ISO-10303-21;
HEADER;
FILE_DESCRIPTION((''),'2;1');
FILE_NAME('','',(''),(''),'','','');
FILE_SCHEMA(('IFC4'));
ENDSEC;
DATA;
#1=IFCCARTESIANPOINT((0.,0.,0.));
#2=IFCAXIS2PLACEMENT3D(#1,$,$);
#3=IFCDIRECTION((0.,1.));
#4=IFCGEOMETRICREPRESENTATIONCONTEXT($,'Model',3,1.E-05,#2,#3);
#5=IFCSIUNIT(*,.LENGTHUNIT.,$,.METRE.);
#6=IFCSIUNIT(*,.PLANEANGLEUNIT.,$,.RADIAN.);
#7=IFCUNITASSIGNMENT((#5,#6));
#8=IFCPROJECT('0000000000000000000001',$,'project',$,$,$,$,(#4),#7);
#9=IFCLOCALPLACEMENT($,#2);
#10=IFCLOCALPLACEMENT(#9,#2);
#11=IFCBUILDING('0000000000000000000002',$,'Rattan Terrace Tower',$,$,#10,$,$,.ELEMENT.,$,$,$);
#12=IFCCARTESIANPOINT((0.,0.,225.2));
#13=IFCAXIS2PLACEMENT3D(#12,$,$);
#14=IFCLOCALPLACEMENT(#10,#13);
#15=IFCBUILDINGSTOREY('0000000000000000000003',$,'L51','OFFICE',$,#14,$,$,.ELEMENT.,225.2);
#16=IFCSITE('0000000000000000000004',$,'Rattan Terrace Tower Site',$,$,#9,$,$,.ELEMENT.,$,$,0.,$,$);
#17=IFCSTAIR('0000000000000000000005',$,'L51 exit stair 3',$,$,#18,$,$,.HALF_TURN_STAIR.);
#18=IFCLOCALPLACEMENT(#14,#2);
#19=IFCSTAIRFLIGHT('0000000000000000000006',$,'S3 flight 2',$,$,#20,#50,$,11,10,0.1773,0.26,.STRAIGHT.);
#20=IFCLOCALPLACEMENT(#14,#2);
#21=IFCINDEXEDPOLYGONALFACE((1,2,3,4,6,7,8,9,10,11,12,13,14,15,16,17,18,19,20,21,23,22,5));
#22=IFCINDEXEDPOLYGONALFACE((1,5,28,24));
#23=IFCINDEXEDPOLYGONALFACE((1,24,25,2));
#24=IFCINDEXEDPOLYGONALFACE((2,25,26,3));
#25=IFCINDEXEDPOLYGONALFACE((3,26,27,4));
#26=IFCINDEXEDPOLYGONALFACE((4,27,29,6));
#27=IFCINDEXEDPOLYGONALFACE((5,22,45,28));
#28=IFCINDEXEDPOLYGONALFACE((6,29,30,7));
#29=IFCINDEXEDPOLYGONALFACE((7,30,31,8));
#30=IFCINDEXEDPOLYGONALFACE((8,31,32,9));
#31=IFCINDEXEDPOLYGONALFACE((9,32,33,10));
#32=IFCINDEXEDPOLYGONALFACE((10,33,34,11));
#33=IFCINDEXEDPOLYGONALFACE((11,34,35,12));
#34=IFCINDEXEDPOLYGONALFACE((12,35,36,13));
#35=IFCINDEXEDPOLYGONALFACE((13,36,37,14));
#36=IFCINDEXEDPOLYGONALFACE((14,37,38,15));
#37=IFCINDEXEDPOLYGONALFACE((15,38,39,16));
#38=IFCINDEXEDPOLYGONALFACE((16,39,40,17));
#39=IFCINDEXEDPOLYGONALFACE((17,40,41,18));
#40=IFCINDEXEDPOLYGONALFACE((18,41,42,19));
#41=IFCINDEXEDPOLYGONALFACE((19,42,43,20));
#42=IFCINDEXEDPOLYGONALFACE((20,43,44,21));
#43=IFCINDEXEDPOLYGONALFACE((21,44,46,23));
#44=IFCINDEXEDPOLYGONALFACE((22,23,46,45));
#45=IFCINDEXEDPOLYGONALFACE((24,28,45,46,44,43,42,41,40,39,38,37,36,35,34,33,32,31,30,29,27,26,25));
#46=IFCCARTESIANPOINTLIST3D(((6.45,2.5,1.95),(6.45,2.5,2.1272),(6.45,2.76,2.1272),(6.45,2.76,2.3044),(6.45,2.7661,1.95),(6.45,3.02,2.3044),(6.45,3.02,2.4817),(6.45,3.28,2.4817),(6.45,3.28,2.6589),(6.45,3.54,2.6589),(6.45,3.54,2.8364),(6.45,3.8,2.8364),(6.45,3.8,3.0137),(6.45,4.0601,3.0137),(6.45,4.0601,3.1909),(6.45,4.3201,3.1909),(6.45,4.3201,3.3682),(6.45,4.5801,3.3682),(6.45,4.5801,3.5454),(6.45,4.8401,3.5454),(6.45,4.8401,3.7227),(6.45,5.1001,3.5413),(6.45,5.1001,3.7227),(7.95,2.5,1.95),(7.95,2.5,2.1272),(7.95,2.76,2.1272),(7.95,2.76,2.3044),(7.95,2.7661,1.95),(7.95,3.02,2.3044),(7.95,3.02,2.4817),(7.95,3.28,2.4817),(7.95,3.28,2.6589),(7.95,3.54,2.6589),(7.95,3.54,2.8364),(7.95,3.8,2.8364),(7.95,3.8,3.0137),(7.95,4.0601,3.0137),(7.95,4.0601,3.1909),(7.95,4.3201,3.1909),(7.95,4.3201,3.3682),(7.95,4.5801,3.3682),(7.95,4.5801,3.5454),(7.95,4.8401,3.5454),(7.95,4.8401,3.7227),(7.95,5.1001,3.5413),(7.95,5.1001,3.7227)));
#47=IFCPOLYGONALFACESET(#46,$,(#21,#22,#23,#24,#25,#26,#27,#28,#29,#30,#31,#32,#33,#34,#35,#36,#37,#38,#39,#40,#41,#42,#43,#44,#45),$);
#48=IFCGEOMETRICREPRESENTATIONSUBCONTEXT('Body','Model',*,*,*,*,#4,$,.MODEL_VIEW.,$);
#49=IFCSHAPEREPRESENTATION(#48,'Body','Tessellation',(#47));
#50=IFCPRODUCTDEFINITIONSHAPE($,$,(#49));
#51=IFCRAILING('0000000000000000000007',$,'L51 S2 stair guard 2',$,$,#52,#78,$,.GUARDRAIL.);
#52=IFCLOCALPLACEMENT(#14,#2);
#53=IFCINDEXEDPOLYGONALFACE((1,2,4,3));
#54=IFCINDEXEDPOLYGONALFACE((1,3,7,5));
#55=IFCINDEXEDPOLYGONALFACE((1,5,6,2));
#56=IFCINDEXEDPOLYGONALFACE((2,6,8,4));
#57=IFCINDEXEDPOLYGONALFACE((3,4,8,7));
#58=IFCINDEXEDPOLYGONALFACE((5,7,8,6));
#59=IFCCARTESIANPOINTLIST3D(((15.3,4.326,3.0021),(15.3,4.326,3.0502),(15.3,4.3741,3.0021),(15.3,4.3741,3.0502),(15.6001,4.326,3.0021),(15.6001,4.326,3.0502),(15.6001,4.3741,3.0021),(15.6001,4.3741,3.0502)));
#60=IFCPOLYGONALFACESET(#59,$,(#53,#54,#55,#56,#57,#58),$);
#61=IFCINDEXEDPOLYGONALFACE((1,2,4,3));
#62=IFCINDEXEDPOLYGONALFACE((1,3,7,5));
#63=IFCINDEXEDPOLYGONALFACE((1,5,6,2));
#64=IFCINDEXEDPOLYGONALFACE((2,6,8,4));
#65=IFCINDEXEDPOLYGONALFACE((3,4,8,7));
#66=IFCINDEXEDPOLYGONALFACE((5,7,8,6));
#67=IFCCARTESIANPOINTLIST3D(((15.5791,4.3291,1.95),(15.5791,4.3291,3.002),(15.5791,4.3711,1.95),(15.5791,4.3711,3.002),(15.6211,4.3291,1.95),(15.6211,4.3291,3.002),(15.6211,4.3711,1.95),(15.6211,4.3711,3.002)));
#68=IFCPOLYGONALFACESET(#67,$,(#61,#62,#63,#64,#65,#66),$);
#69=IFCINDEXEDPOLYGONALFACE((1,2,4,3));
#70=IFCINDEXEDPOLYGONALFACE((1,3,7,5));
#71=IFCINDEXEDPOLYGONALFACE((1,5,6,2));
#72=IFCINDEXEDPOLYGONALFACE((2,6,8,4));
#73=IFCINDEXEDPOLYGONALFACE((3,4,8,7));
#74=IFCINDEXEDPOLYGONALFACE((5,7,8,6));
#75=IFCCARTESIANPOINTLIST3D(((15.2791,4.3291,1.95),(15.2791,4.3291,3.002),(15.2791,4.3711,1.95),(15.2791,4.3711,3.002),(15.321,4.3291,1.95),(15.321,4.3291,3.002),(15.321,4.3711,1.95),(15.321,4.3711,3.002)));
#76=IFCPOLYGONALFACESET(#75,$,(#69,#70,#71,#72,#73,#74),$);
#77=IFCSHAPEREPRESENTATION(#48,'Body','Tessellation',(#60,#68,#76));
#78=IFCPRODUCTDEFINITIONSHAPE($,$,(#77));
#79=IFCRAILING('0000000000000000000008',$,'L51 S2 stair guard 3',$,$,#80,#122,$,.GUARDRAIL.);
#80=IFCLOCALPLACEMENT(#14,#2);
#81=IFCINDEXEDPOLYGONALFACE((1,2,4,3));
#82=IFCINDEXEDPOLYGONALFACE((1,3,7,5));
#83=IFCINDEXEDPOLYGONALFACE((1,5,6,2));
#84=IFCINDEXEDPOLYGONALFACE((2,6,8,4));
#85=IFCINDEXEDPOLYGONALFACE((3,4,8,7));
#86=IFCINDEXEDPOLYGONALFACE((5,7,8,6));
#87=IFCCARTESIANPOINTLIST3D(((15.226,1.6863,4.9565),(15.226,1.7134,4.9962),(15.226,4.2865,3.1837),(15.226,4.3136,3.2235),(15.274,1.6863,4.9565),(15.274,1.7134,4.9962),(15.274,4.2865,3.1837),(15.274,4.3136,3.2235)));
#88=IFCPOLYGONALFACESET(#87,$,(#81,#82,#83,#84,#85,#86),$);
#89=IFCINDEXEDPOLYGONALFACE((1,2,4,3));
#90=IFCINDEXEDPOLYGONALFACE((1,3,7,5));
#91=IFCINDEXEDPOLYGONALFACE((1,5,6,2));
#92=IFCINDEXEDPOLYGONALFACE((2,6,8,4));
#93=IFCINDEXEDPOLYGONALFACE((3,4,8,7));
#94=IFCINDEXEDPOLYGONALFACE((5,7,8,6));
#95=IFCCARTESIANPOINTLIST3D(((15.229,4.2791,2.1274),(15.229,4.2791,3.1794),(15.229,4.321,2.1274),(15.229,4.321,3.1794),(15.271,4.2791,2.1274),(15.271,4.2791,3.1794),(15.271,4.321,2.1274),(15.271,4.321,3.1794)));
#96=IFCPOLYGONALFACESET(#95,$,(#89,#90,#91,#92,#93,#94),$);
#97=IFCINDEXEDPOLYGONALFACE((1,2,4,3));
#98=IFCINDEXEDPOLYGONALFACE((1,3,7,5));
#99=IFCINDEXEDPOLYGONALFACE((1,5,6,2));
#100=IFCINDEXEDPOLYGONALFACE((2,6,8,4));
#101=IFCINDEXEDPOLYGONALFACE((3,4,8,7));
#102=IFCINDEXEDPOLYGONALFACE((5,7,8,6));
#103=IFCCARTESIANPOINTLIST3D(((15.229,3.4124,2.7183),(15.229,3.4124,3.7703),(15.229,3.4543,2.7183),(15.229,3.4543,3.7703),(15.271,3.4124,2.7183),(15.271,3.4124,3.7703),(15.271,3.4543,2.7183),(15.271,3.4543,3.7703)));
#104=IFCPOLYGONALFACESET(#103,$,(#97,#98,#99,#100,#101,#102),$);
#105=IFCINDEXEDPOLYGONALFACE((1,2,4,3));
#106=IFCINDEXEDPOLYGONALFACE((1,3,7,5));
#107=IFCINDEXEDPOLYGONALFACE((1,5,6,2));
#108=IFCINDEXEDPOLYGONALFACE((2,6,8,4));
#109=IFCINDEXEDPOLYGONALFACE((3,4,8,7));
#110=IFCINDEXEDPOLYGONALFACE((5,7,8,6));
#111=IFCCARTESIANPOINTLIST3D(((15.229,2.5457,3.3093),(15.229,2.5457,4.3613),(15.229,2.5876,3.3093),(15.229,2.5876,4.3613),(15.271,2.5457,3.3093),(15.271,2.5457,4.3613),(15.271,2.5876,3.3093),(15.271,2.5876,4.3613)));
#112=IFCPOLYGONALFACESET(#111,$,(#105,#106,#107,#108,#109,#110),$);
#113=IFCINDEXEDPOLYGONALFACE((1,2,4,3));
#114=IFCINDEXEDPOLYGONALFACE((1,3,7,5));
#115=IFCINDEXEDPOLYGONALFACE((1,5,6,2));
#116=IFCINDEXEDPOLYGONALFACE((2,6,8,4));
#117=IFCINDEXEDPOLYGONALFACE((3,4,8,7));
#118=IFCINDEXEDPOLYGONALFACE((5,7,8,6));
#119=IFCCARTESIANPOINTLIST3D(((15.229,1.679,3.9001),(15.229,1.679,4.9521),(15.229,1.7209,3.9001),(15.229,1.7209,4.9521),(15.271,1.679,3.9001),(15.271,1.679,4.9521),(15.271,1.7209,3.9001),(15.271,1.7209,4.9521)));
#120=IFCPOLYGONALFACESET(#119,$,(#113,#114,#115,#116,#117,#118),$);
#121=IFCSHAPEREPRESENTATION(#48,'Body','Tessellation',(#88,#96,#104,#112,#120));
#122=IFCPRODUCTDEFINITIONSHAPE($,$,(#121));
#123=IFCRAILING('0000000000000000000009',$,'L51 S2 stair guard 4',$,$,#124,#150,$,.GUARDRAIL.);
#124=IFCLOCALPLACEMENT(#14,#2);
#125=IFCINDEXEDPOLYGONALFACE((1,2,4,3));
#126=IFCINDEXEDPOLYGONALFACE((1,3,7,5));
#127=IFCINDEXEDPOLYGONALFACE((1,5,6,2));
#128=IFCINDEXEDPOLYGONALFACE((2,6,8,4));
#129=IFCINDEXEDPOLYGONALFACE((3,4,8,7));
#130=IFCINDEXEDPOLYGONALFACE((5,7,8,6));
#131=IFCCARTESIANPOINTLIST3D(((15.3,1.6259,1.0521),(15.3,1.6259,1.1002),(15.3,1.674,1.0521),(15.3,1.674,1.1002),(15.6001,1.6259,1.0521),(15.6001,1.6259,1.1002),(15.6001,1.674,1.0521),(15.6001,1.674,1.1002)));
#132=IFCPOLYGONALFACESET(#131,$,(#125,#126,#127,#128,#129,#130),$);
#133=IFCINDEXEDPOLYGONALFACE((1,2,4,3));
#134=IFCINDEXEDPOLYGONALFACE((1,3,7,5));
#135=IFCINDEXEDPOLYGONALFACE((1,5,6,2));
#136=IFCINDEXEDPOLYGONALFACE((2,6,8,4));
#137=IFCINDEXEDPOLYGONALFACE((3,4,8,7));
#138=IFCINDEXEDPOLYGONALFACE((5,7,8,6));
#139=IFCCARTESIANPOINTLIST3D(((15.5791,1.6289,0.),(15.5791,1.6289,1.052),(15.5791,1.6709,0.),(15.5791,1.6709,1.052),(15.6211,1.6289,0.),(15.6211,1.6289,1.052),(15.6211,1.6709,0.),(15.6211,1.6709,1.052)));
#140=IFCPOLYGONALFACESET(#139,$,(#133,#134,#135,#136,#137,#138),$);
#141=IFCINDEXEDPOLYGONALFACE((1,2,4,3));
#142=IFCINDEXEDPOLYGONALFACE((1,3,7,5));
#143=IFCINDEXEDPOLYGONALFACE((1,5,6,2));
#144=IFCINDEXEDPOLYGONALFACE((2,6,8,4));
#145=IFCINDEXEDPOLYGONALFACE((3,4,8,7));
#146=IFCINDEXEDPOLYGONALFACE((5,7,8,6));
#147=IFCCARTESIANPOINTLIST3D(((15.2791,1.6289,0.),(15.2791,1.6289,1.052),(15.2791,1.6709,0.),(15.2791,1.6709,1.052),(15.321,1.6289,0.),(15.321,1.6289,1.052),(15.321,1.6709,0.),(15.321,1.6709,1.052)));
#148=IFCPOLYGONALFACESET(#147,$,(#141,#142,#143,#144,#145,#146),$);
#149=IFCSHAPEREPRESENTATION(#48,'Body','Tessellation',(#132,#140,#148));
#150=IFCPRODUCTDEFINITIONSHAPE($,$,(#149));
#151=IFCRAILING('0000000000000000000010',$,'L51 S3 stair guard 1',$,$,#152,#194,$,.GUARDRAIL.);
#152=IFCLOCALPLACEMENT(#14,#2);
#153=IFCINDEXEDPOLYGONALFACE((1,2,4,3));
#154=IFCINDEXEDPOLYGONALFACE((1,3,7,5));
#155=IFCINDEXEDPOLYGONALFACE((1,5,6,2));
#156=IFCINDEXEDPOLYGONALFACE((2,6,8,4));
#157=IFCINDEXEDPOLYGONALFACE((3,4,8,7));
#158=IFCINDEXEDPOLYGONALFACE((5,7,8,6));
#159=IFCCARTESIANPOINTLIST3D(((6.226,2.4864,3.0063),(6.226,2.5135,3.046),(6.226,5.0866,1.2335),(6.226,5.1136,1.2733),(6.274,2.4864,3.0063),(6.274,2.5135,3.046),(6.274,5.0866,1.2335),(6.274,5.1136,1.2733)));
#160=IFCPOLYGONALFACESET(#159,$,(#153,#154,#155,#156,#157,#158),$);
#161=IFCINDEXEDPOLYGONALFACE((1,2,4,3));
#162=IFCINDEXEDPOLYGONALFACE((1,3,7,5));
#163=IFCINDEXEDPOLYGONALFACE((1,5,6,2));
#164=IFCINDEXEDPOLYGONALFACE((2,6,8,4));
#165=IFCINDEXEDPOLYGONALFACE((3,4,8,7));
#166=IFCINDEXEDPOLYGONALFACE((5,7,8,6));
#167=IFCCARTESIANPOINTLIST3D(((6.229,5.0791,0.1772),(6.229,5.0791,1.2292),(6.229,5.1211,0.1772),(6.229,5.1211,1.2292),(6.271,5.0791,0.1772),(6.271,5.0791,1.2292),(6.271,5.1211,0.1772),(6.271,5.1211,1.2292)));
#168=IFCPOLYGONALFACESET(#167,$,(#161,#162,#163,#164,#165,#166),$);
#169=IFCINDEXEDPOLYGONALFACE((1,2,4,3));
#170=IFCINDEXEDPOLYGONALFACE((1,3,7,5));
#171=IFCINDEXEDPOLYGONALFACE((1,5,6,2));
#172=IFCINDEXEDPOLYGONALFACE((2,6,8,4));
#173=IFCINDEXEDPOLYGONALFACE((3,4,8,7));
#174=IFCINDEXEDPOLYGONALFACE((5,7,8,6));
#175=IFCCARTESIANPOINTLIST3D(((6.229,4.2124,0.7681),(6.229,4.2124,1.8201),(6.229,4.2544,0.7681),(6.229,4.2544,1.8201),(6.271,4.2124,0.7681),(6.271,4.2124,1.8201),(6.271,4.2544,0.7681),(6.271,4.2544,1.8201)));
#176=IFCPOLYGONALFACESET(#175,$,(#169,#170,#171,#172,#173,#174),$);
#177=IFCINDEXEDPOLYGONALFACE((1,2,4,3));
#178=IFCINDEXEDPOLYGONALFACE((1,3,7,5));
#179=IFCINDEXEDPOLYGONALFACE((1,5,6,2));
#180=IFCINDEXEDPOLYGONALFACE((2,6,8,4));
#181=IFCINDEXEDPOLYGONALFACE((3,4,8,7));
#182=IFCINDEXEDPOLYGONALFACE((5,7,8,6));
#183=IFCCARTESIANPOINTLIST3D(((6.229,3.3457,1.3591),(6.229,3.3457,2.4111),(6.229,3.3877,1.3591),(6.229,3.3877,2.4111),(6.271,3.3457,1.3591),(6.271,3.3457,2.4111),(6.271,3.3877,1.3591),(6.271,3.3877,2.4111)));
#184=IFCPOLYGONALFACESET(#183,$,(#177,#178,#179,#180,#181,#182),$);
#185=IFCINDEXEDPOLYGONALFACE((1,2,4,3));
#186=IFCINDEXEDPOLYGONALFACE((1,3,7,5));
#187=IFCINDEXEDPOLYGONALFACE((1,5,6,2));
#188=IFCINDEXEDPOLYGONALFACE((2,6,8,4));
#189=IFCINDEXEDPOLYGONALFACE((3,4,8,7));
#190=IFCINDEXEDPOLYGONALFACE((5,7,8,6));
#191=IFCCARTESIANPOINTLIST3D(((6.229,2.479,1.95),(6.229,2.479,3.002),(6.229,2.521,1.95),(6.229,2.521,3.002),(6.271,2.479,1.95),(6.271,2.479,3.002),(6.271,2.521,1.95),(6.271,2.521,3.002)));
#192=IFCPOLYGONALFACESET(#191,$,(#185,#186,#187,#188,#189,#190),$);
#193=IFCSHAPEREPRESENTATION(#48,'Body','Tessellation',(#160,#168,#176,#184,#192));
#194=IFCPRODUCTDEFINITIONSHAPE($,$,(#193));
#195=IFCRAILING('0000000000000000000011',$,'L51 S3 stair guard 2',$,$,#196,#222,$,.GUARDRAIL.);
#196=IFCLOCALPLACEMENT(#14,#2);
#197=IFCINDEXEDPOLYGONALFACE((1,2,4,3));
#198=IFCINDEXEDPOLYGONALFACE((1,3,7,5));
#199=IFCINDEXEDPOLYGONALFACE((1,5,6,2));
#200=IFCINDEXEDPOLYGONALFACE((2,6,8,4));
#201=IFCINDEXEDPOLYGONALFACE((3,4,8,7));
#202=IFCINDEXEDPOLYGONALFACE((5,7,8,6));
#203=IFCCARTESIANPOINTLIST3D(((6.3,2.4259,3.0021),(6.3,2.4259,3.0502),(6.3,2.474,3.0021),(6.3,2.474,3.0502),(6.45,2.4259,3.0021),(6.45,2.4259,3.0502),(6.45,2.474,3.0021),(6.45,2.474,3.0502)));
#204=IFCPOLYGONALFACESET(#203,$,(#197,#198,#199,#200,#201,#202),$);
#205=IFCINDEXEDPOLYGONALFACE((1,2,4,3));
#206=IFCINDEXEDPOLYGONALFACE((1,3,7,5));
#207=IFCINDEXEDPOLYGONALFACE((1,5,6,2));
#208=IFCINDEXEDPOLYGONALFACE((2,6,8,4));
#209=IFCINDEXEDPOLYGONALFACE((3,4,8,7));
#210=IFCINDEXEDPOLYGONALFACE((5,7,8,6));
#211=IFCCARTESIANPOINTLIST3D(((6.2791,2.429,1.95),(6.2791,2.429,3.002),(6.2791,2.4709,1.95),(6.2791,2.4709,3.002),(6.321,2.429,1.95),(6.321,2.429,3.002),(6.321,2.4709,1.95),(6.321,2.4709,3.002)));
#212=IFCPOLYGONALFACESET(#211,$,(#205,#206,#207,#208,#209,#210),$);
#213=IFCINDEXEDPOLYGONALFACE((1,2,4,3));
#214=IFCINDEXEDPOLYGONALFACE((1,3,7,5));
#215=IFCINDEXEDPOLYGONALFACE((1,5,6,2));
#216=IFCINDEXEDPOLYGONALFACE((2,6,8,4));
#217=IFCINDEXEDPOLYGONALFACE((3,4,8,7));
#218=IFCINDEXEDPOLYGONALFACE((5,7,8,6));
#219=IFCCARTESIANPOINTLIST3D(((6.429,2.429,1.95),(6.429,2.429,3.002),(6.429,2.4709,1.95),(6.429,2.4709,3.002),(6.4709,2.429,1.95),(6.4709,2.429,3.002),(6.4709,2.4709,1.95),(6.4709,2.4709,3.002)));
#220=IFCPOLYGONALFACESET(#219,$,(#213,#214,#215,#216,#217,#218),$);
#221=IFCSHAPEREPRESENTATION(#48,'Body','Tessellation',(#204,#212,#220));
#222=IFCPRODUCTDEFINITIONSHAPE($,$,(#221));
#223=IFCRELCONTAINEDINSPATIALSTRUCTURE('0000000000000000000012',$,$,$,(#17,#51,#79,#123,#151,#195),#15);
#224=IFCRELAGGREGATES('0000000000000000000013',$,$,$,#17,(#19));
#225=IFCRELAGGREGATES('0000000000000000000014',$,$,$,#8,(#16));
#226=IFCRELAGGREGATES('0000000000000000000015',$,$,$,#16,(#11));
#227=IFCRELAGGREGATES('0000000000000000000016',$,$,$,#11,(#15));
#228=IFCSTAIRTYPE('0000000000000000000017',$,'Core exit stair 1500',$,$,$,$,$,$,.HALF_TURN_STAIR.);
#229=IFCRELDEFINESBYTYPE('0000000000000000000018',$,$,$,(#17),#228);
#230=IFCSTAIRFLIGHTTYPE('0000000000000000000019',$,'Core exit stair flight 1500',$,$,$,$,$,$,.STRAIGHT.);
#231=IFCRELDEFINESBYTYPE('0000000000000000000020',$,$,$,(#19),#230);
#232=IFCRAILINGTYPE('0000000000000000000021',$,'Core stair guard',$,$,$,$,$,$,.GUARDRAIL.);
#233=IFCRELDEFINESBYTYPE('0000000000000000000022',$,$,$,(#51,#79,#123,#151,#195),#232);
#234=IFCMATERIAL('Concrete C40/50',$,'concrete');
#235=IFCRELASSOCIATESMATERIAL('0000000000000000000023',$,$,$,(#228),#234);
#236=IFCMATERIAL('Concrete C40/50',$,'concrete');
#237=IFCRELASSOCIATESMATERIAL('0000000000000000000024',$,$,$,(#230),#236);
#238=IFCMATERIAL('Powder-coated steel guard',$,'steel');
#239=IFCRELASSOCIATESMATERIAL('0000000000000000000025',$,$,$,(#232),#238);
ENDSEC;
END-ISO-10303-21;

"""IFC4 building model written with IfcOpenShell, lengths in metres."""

from ifc_helpers import new_model, si_unit, direction, frame, origin, origin_2d, place, context, subcontext, project, spatial, polyline, rectangle, outline, extrude, material, type_object, element, aggregate, save


model = new_model("IFC4")

# Units and contexts
model_context = context("Model", 3, precision=1e-05, world=origin(), true_north=direction((0.0, 1.0)))
body_context = subcontext(model_context, "Body", "Model", "MODEL_VIEW")
ifc_project = project(units=[si_unit("LENGTHUNIT", "METRE"), si_unit("PLANEANGLEUNIT", "RADIAN")], contexts=[model_context])

# Site, building, storey
site_placement = place(None, origin())
site = spatial("IfcSite", under=ifc_project, at=site_placement, Name="Rattan Terrace Tower Site", CompositionType="ELEMENT", RefElevation=0.0)
building_placement = place(site_placement, origin())
building = spatial("IfcBuilding", under=site, at=building_placement, Name="Rattan Terrace Tower", CompositionType="ELEMENT")
storey_placement = place(building_placement, frame((0.0, 0.0, 225.2)))
storey = spatial("IfcBuildingStorey", under=building, at=storey_placement, Name="L51", Description="OFFICE", CompositionType="ELEMENT", Elevation=225.2)

# Shared definitions
ifc_material_1 = material(Name="Concrete C40/50", Category="concrete")
stair_type = type_object("IfcStairType", Name="Core exit stair 1500", PredefinedType="HALF_TURN_STAIR", material=ifc_material_1)
ifc_material_2 = material(Name="Concrete C40/50", Category="concrete")
stair_flight_type = type_object("IfcStairFlightType", Name="Core exit stair flight 1500", PredefinedType="STRAIGHT", material=ifc_material_2)

# Stair, stair flight
stair_1_placement = place(storey_placement, origin())
stair_1 = element("IfcStair", 1, at=stair_1_placement, inside=storey, type_object=stair_type, Name="L51 exit stair 3", PredefinedType="HALF_TURN_STAIR")
stair_flight_1_placement = place(storey_placement, frame((7.2, 2.5, 1.95), z_axis=(0.0, 0.0, 1.0), x_axis=(0.0, 1.0, 0.0)))
stair_flight_1 = element("IfcStairFlight", 2, at=stair_flight_1_placement, type_object=stair_flight_type, Name="S3 flight 2", NumberOfRisers=11, NumberOfTreads=10, PredefinedType="STRAIGHT", RiserHeight=0.1773, TreadLength=0.26, context=body_context, shape_type="SweptSolid", body=[
    extrude(outline(polyline([(0.0, 0.0), (0.0, 0.1772), (0.26, 0.1772), (0.26, 0.3545), (0.52, 0.3545), (0.52, 0.5317), (0.78, 0.5317), (0.78, 0.709), (1.04, 0.709), (1.04, 0.8865), (1.3, 0.8865), (1.3, 1.0637), (1.5601, 1.0637), (1.5601, 1.241), (1.8201, 1.241), (1.8201, 1.4182), (2.0801, 1.4182), (2.0801, 1.5955), (2.3401, 1.5955), (2.3401, 1.7727), (2.6001, 1.7727), (2.6001, 1.95), (2.6001, 1.5913), (0.2661, 0.0), (0.0, 0.0)])), frame((0.0, 0.75, 0.0), z_axis=(0.0, -1.0, 0.0), x_axis=(1.0, 0.0, 0.0)), (0.0, 0.0, 1.0), 1.5),
])
aggregate(stair_1, [stair_flight_1])

# Railings
ifc_material_3 = material(Name="Powder-coated steel guard", Category="steel")
railing_type_1 = type_object("IfcRailingType", Name="Core stair guard", PredefinedType="GUARDRAIL", material=ifc_material_3)
railing_1_placement = place(storey_placement, frame((15.6001, 4.3501, 1.95)))
element("IfcRailing", 3, at=railing_1_placement, inside=storey, type_object=railing_type_1, Name="L51 S2 stair guard 2", PredefinedType="GUARDRAIL", context=body_context, shape_type="SweptSolid", body=[
    extrude(rectangle(XDim=0.0481, YDim=0.0481, at=origin_2d()), frame((0.0, 0.0, 1.0762), z_axis=(-1.0, 0.0, 0.0), x_axis=(0.0, -1.0, 0.0)), (0.0, 0.0, 1.0), 0.3),
    extrude(rectangle(XDim=0.042, YDim=0.042, at=origin_2d()), origin(), (0.0, 0.0, 1.0), 1.052),
    extrude(rectangle(XDim=0.042, YDim=0.042, at=origin_2d()), frame((-0.3, 0.0, 0.0)), (0.0, 0.0, 1.0), 1.052),
])
railing_2_placement = place(storey_placement, frame((15.25, 4.3, 2.1274)))
element("IfcRailing", 4, at=railing_2_placement, inside=storey, type_object=railing_type_1, Name="L51 S2 stair guard 3", PredefinedType="GUARDRAIL", context=body_context, shape_type="SweptSolid", body=[
    extrude(rectangle(XDim=0.0481, YDim=0.0481, at=origin_2d()), frame((0.0, 0.0, 1.0762), z_axis=(0.0, -0.82624, 0.563318), x_axis=(1.0, 0.0, 0.0)), (0.0, 0.0, 1.0), 3.147),
    extrude(rectangle(XDim=0.042, YDim=0.042, at=origin_2d()), origin(), (0.0, 0.0, 1.0), 1.052),
    extrude(rectangle(XDim=0.042, YDim=0.042, at=origin_2d()), frame((0.0, -0.8667, 0.5908)), (0.0, 0.0, 1.0), 1.052),
    extrude(rectangle(XDim=0.042, YDim=0.042, at=origin_2d()), frame((0.0, -1.7334, 1.1819)), (0.0, 0.0, 1.0), 1.052),
    extrude(rectangle(XDim=0.042, YDim=0.042, at=origin_2d()), frame((0.0, -2.6001, 1.7727)), (0.0, 0.0, 1.0), 1.052),
])
railing_3_placement = place(storey_placement, frame((15.6001, 1.6499, 0.0)))
element("IfcRailing", 5, at=railing_3_placement, inside=storey, type_object=railing_type_1, Name="L51 S2 stair guard 4", PredefinedType="GUARDRAIL", context=body_context, shape_type="SweptSolid", body=[
    extrude(rectangle(XDim=0.0481, YDim=0.0481, at=origin_2d()), frame((0.0, 0.0, 1.0762), z_axis=(-1.0, 0.0, 0.0), x_axis=(0.0, -1.0, 0.0)), (0.0, 0.0, 1.0), 0.3),
    extrude(rectangle(XDim=0.042, YDim=0.042, at=origin_2d()), origin(), (0.0, 0.0, 1.0), 1.052),
    extrude(rectangle(XDim=0.042, YDim=0.042, at=origin_2d()), frame((-0.3, 0.0, 0.0)), (0.0, 0.0, 1.0), 1.052),
])
railing_4_placement = place(storey_placement, frame((6.25, 5.1001, 0.1772)))
element("IfcRailing", 6, at=railing_4_placement, inside=storey, type_object=railing_type_1, Name="L51 S3 stair guard 1", PredefinedType="GUARDRAIL", context=body_context, shape_type="SweptSolid", body=[
    extrude(rectangle(XDim=0.0481, YDim=0.0481, at=origin_2d()), frame((0.0, 0.0, 1.0762), z_axis=(0.0, -0.82624, 0.563318), x_axis=(1.0, 0.0, 0.0)), (0.0, 0.0, 1.0), 3.147),
    extrude(rectangle(XDim=0.042, YDim=0.042, at=origin_2d()), origin(), (0.0, 0.0, 1.0), 1.052),
    extrude(rectangle(XDim=0.042, YDim=0.042, at=origin_2d()), frame((0.0, -0.8667, 0.5908)), (0.0, 0.0, 1.0), 1.052),
    extrude(rectangle(XDim=0.042, YDim=0.042, at=origin_2d()), frame((0.0, -1.7334, 1.1819)), (0.0, 0.0, 1.0), 1.052),
    extrude(rectangle(XDim=0.042, YDim=0.042, at=origin_2d()), frame((0.0, -2.6001, 1.7727)), (0.0, 0.0, 1.0), 1.052),
])
railing_5_placement = place(storey_placement, frame((6.3, 2.45, 1.95)))
element("IfcRailing", 7, at=railing_5_placement, inside=storey, type_object=railing_type_1, Name="L51 S3 stair guard 2", PredefinedType="GUARDRAIL", context=body_context, shape_type="SweptSolid", body=[
    extrude(rectangle(XDim=0.0481, YDim=0.0481, at=origin_2d()), frame((0.0, 0.0, 1.0762), z_axis=(1.0, 0.0, 0.0), x_axis=(0.0, 1.0, 0.0)), (0.0, 0.0, 1.0), 0.1499),
    extrude(rectangle(XDim=0.042, YDim=0.042, at=origin_2d()), origin(), (0.0, 0.0, 1.0), 1.052),
    extrude(rectangle(XDim=0.042, YDim=0.042, at=origin_2d()), frame((0.1499, 0.0, 0.0)), (0.0, 0.0, 1.0), 1.052),
])

save(model, "model.ifc")
